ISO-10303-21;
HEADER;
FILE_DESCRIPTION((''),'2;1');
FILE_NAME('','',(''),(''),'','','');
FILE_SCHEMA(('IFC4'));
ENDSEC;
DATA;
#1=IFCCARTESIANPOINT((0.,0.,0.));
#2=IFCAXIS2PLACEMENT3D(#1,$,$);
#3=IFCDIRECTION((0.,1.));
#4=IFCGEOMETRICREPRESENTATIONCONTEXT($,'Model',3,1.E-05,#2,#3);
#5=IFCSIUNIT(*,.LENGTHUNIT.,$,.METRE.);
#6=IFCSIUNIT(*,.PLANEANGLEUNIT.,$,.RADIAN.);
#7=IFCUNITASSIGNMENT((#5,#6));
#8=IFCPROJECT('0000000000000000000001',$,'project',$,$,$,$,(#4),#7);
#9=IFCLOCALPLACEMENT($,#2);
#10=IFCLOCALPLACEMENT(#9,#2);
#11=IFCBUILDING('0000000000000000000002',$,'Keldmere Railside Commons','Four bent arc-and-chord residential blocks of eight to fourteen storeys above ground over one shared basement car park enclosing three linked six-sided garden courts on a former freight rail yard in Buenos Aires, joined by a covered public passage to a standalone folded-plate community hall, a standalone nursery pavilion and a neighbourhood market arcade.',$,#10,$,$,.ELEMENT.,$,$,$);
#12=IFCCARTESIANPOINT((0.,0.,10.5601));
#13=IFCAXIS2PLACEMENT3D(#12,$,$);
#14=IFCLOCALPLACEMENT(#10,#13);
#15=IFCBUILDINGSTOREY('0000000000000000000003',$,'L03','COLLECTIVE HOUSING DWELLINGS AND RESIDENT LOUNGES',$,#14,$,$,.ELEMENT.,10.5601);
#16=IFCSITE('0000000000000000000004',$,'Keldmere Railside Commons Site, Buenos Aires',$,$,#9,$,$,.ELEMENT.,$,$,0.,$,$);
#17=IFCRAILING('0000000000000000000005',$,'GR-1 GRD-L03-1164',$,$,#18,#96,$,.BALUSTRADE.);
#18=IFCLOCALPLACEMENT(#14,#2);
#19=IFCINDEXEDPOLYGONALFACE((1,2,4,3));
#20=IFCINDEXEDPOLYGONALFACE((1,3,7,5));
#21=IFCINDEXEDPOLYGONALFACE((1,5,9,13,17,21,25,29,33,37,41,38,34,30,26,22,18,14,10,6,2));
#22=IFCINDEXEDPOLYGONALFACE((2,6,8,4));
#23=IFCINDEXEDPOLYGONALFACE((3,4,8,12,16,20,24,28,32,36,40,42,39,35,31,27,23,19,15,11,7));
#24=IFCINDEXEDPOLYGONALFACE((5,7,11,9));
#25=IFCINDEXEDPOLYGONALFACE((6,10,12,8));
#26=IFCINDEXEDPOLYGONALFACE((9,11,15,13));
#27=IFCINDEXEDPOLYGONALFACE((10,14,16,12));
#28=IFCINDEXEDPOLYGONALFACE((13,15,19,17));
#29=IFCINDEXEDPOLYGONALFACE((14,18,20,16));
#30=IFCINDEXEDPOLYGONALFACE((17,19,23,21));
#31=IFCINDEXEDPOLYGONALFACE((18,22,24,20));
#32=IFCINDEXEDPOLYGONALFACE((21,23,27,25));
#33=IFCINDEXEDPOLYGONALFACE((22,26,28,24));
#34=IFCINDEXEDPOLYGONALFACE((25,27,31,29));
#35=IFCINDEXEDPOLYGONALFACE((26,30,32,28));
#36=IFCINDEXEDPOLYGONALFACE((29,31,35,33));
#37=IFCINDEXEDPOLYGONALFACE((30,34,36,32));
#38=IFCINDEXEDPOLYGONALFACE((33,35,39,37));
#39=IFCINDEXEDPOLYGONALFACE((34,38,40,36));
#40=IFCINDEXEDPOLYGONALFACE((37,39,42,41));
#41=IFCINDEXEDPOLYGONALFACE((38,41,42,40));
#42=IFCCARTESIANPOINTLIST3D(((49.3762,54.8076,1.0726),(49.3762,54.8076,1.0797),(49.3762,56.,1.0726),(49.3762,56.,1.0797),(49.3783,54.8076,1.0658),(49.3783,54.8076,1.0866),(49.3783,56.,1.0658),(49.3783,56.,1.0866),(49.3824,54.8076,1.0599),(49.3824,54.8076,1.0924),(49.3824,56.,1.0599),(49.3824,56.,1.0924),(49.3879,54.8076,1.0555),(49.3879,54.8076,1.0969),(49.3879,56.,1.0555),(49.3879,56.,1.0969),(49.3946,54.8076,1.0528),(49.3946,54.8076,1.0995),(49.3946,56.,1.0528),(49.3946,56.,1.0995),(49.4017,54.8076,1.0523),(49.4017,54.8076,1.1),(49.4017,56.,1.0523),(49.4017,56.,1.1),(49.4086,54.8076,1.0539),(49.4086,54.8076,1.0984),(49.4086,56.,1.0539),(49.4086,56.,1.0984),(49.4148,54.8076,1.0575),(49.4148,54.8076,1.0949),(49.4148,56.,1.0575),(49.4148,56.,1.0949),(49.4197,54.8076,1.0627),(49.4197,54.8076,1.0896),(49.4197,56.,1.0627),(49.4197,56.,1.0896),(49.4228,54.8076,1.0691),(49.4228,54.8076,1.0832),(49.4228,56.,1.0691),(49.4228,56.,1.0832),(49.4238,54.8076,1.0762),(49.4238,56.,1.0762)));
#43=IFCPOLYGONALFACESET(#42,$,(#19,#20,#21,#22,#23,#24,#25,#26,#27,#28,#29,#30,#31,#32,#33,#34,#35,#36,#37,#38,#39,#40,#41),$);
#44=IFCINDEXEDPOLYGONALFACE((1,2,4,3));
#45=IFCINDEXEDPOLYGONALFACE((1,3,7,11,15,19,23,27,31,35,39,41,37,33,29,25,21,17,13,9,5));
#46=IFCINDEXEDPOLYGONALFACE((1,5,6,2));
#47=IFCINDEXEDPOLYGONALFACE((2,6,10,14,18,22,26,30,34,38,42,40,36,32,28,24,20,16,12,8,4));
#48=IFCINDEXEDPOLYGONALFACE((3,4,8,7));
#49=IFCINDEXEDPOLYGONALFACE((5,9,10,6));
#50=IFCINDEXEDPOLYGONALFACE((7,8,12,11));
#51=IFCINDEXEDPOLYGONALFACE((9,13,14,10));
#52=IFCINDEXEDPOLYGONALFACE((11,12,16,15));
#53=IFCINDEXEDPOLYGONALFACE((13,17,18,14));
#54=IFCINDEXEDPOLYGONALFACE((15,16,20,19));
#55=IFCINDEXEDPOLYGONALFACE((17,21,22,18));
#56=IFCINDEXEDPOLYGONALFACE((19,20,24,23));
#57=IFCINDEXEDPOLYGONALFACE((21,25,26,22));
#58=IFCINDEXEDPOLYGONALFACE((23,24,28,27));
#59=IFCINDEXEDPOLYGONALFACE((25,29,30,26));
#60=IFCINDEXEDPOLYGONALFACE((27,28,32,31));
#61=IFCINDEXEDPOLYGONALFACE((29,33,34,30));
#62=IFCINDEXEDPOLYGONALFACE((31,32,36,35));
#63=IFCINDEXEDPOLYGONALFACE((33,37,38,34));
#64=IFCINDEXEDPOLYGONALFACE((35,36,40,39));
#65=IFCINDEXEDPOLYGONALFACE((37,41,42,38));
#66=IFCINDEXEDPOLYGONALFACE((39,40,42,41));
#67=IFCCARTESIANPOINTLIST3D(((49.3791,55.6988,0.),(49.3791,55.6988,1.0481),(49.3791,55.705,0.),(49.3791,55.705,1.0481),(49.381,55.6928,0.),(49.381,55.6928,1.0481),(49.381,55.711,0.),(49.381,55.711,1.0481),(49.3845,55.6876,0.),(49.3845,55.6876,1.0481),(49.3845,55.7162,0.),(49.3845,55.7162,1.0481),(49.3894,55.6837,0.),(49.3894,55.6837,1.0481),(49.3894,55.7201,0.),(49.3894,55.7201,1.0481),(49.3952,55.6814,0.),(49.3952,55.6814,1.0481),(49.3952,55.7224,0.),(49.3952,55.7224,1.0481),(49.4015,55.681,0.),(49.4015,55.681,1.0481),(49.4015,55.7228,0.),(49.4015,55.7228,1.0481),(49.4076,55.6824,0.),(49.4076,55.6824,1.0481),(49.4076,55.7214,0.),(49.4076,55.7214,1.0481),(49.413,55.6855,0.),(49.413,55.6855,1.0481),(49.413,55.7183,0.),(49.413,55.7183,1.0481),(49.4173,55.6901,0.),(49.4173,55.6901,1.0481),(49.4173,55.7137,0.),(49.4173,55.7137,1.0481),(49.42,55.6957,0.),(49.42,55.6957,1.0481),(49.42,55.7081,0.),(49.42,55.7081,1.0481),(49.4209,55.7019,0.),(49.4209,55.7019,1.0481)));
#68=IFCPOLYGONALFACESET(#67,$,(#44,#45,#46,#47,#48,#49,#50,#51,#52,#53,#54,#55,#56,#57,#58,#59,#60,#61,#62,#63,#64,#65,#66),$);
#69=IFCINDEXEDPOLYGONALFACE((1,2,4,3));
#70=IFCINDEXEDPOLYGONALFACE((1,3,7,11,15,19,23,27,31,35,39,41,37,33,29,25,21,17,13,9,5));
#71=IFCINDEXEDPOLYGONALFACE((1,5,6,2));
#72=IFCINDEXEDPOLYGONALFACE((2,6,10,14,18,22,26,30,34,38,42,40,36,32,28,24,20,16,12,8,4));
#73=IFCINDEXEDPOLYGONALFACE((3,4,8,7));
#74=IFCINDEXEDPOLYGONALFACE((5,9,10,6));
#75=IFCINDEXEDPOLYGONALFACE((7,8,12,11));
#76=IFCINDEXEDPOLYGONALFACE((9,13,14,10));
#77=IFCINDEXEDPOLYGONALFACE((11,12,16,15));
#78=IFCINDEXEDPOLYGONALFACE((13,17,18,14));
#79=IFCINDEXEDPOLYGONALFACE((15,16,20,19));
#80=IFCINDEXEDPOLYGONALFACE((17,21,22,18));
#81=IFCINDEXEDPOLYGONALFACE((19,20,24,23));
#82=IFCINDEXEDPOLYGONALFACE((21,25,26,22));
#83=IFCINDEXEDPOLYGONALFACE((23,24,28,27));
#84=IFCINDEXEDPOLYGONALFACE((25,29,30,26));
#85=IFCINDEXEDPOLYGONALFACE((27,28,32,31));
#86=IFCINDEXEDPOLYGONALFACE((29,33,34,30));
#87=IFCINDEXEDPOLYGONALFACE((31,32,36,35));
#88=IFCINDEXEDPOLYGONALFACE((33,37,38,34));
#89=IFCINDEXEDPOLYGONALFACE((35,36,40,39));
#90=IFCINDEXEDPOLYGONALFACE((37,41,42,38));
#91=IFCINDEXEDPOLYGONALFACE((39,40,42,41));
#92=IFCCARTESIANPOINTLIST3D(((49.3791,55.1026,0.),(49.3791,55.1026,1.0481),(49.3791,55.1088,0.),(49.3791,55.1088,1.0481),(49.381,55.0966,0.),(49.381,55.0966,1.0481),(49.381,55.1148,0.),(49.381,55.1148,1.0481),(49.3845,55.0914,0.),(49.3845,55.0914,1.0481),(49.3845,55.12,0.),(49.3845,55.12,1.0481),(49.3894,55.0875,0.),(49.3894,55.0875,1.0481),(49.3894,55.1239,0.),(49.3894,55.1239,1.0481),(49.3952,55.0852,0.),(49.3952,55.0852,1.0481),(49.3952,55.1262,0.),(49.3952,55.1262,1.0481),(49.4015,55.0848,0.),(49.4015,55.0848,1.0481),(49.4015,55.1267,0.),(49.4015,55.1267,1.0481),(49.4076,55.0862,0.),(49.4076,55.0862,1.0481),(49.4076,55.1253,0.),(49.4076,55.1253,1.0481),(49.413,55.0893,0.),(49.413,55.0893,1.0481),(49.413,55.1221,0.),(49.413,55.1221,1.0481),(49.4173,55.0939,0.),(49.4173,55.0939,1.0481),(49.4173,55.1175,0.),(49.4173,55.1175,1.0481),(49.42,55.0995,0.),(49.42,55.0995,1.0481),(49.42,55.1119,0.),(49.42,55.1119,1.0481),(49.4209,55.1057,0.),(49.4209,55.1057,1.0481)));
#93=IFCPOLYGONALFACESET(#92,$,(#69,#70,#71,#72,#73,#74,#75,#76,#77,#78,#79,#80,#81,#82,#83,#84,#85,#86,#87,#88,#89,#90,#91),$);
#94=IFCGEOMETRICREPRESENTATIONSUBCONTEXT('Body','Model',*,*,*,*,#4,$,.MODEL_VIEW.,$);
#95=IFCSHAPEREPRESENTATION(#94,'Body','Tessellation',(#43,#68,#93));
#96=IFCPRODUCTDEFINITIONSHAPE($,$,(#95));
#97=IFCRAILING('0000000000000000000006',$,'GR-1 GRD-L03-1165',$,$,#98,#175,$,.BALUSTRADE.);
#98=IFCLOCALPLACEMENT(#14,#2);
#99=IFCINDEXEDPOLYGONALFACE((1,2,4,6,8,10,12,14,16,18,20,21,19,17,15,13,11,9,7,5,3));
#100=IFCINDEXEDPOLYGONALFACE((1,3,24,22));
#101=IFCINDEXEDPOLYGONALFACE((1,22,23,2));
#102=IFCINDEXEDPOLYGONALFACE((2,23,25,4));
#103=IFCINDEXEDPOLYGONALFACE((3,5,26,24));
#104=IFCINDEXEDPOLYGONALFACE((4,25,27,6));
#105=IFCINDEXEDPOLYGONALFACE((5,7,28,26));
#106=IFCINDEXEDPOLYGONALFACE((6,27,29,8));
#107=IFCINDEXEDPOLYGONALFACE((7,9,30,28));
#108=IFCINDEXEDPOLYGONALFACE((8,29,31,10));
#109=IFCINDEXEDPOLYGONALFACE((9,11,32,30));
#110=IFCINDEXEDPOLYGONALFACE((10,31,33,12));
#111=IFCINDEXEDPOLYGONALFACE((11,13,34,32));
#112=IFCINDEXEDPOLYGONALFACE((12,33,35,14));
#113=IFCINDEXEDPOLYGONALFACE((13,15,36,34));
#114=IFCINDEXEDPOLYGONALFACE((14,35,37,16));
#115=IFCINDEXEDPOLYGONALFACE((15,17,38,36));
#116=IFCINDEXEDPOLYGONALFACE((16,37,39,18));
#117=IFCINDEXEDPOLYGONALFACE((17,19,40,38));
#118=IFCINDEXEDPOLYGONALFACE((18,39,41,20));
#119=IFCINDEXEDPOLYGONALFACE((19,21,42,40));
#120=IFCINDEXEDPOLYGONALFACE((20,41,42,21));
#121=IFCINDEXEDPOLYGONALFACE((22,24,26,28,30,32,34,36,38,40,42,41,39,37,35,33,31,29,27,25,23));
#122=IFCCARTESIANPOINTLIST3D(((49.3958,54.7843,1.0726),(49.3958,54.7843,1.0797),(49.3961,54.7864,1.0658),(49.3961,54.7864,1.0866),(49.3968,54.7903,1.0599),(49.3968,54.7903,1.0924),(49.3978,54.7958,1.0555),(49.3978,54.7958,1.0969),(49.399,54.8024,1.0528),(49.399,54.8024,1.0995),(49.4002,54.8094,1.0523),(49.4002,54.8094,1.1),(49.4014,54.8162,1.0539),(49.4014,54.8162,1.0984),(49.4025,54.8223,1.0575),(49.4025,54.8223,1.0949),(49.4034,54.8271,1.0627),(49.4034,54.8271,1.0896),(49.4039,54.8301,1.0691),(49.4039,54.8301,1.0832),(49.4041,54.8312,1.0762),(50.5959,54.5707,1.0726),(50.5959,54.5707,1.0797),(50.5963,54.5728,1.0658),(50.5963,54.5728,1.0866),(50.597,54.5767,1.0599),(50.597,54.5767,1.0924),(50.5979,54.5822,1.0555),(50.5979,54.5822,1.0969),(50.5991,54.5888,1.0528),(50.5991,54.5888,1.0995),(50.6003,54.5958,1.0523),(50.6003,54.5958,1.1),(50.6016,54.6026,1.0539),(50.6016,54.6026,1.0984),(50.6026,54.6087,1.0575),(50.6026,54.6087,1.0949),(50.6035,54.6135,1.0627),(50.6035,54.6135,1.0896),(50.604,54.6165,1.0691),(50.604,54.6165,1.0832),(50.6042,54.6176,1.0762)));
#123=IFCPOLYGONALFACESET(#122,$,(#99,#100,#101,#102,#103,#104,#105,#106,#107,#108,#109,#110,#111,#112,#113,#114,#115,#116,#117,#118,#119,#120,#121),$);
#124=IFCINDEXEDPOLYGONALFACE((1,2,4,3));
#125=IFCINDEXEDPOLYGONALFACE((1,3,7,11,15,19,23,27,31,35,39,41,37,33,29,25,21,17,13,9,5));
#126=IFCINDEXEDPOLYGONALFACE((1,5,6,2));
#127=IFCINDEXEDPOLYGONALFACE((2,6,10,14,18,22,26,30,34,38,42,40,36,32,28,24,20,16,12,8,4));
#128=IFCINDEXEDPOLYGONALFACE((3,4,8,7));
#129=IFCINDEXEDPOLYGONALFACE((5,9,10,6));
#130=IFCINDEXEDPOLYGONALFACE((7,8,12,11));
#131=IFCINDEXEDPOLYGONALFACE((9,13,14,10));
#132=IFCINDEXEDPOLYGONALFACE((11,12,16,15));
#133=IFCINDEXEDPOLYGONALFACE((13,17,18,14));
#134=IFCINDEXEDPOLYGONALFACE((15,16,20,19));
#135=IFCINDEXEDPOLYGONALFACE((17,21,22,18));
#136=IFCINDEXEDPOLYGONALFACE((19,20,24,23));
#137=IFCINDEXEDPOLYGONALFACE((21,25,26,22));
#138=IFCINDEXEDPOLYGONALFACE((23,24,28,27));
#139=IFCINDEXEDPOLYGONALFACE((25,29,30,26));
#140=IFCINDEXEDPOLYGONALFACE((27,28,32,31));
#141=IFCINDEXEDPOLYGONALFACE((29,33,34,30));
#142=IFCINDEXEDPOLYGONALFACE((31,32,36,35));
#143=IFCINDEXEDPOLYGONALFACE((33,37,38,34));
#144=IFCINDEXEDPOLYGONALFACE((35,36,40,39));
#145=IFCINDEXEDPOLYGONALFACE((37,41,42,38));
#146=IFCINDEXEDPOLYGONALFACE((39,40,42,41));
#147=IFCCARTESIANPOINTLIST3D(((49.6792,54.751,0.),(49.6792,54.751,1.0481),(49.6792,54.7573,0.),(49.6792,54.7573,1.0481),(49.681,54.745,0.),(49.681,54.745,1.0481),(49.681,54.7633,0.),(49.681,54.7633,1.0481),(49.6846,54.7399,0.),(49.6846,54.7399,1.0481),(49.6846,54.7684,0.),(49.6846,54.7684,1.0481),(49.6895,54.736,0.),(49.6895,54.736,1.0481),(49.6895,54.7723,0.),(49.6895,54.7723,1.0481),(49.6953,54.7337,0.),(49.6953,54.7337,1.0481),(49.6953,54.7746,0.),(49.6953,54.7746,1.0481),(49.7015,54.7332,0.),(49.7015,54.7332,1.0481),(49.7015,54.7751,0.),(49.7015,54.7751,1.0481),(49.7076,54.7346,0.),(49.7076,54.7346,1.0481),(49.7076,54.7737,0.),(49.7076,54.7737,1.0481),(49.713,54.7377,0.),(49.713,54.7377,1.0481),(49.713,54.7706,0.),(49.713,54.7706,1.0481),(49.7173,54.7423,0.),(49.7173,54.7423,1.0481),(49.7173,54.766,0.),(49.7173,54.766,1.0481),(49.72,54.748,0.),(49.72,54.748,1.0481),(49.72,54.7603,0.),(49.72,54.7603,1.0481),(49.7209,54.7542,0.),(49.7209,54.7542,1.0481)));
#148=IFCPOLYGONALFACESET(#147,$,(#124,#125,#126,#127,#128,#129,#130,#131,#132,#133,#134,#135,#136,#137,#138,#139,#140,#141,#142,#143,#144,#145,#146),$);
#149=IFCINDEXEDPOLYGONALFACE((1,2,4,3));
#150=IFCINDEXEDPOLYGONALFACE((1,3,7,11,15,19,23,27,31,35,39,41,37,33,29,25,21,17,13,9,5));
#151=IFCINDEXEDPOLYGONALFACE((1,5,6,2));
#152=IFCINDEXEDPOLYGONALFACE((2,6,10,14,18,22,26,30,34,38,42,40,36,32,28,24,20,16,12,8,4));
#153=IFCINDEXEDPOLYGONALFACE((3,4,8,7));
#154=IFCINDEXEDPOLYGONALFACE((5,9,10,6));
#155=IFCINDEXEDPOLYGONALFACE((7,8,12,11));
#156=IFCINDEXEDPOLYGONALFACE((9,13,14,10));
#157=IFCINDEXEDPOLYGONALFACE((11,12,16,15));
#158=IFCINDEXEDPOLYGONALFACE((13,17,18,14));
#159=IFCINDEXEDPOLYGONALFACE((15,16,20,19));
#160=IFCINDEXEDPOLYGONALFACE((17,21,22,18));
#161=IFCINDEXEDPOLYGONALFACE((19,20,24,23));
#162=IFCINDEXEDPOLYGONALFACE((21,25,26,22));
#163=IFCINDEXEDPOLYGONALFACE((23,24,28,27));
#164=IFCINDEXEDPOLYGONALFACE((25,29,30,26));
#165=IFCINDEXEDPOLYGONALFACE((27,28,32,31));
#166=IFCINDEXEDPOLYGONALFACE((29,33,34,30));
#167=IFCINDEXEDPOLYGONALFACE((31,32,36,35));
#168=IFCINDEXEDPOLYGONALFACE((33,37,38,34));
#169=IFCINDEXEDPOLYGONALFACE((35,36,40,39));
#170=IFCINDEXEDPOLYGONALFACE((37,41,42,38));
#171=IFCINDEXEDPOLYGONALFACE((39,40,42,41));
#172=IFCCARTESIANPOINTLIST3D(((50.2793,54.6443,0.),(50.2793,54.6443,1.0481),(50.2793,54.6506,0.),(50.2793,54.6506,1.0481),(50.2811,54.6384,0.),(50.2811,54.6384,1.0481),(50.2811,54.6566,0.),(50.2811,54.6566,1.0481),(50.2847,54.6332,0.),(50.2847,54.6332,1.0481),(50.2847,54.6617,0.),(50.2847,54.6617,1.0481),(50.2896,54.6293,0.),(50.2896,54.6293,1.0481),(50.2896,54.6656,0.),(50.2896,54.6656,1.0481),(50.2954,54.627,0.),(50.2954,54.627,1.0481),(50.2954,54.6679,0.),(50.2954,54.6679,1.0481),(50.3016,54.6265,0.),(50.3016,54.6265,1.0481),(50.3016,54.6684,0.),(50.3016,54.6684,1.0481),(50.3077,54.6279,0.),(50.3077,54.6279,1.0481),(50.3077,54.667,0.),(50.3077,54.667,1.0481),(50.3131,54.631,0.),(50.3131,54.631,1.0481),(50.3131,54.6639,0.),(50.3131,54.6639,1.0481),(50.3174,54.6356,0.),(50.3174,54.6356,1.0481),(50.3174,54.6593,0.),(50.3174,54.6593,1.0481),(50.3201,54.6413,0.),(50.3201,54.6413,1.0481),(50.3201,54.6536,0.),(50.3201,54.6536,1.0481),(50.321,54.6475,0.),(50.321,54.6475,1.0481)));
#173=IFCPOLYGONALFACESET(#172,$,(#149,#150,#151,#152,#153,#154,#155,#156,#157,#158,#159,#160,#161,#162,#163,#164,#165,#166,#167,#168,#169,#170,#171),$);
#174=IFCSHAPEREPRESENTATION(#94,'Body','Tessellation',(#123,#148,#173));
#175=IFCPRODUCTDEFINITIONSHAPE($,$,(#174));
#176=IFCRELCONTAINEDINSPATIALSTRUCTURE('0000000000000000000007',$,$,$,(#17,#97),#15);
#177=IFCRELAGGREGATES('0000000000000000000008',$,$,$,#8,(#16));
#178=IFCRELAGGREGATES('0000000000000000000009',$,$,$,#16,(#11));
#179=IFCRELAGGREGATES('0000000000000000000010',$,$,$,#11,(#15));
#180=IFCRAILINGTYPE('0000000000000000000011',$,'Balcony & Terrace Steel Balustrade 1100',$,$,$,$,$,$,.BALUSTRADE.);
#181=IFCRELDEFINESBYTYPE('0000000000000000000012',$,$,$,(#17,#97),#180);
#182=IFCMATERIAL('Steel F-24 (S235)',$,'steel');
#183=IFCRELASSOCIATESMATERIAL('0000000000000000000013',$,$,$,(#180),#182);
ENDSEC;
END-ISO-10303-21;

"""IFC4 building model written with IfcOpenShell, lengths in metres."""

from ifc_helpers import new_model, si_unit, direction, frame, origin, origin_2d, place, context, subcontext, project, spatial, circle, extrude, material, type_object, element, save


model = new_model("IFC4")

# Units and contexts
model_context = context("Model", 3, precision=1e-05, world=origin(), true_north=direction((0.0, 1.0)))
body_context = subcontext(model_context, "Body", "Model", "MODEL_VIEW")
ifc_project = project(units=[si_unit("LENGTHUNIT", "METRE"), si_unit("PLANEANGLEUNIT", "RADIAN")], contexts=[model_context])

# Site, building, storey
site_placement = place(None, origin())
site = spatial("IfcSite", under=ifc_project, at=site_placement, Name="Keldmere Railside Commons Site, Buenos Aires", CompositionType="ELEMENT", RefElevation=0.0)
building_placement = place(site_placement, origin())
building = spatial("IfcBuilding", under=site, at=building_placement, Name="Keldmere Railside Commons", Description="Four bent arc-and-chord residential blocks of eight to fourteen storeys above ground over one shared basement car park enclosing three linked six-sided garden courts on a former freight rail yard in Buenos Aires, joined by a covered public passage to a standalone folded-plate community hall, a standalone nursery pavilion and a neighbourhood market arcade.", CompositionType="ELEMENT")
storey_placement = place(building_placement, frame((0.0, 0.0, 10.5601)))
storey = spatial("IfcBuildingStorey", under=building, at=storey_placement, Name="L03", Description="COLLECTIVE HOUSING DWELLINGS AND RESIDENT LOUNGES", CompositionType="ELEMENT", Elevation=10.5601)

# Railings
ifc_material_1 = material(Name="Steel F-24 (S235)", Category="steel")
railing_type = type_object("IfcRailingType", Name="Balcony & Terrace Steel Balustrade 1100", PredefinedType="BALUSTRADE", material=ifc_material_1)
railing_1_placement = place(storey_placement, frame((49.3999, 56.0, 0.0)))
element("IfcRailing", 1, at=railing_1_placement, inside=storey, type_object=railing_type, Name="GR-1 GRD-L03-1164", PredefinedType="BALUSTRADE", context=body_context, shape_type="SweptSolid", body=[
    extrude(circle(Radius=0.0239, at=origin_2d()), frame((0.0, 0.0, 1.0762), z_axis=(0.0, -1.0, 0.0), x_axis=(1.0, 0.0, 0.0)), (0.0, 0.0, 1.0), 1.1924),
    extrude(circle(Radius=0.021, at=origin_2d()), frame((0.0, -0.2981, 0.0)), (0.0, 0.0, 1.0), 1.0481),
    extrude(circle(Radius=0.021, at=origin_2d()), frame((0.0, -0.8943, 0.0)), (0.0, 0.0, 1.0), 1.0481),
])
railing_2_placement = place(storey_placement, frame((49.3999, 54.8076, 0.0)))
element("IfcRailing", 2, at=railing_2_placement, inside=storey, type_object=railing_type, Name="GR-1 GRD-L03-1165", PredefinedType="BALUSTRADE", context=body_context, shape_type="SweptSolid", body=[
    extrude(circle(Radius=0.0239, at=origin_2d()), frame((0.0, 0.0, 1.0762), z_axis=(0.984526, -0.175236, 0.0), x_axis=(0.175236, 0.984526, 0.0)), (0.0, 0.0, 1.0), 1.219),
    extrude(circle(Radius=0.021, at=origin_2d()), frame((0.3, -0.0535, 0.0)), (0.0, 0.0, 1.0), 1.0481),
    extrude(circle(Radius=0.021, at=origin_2d()), frame((0.9001, -0.1602, 0.0)), (0.0, 0.0, 1.0), 1.0481),
])

save(model, "model.ifc")
